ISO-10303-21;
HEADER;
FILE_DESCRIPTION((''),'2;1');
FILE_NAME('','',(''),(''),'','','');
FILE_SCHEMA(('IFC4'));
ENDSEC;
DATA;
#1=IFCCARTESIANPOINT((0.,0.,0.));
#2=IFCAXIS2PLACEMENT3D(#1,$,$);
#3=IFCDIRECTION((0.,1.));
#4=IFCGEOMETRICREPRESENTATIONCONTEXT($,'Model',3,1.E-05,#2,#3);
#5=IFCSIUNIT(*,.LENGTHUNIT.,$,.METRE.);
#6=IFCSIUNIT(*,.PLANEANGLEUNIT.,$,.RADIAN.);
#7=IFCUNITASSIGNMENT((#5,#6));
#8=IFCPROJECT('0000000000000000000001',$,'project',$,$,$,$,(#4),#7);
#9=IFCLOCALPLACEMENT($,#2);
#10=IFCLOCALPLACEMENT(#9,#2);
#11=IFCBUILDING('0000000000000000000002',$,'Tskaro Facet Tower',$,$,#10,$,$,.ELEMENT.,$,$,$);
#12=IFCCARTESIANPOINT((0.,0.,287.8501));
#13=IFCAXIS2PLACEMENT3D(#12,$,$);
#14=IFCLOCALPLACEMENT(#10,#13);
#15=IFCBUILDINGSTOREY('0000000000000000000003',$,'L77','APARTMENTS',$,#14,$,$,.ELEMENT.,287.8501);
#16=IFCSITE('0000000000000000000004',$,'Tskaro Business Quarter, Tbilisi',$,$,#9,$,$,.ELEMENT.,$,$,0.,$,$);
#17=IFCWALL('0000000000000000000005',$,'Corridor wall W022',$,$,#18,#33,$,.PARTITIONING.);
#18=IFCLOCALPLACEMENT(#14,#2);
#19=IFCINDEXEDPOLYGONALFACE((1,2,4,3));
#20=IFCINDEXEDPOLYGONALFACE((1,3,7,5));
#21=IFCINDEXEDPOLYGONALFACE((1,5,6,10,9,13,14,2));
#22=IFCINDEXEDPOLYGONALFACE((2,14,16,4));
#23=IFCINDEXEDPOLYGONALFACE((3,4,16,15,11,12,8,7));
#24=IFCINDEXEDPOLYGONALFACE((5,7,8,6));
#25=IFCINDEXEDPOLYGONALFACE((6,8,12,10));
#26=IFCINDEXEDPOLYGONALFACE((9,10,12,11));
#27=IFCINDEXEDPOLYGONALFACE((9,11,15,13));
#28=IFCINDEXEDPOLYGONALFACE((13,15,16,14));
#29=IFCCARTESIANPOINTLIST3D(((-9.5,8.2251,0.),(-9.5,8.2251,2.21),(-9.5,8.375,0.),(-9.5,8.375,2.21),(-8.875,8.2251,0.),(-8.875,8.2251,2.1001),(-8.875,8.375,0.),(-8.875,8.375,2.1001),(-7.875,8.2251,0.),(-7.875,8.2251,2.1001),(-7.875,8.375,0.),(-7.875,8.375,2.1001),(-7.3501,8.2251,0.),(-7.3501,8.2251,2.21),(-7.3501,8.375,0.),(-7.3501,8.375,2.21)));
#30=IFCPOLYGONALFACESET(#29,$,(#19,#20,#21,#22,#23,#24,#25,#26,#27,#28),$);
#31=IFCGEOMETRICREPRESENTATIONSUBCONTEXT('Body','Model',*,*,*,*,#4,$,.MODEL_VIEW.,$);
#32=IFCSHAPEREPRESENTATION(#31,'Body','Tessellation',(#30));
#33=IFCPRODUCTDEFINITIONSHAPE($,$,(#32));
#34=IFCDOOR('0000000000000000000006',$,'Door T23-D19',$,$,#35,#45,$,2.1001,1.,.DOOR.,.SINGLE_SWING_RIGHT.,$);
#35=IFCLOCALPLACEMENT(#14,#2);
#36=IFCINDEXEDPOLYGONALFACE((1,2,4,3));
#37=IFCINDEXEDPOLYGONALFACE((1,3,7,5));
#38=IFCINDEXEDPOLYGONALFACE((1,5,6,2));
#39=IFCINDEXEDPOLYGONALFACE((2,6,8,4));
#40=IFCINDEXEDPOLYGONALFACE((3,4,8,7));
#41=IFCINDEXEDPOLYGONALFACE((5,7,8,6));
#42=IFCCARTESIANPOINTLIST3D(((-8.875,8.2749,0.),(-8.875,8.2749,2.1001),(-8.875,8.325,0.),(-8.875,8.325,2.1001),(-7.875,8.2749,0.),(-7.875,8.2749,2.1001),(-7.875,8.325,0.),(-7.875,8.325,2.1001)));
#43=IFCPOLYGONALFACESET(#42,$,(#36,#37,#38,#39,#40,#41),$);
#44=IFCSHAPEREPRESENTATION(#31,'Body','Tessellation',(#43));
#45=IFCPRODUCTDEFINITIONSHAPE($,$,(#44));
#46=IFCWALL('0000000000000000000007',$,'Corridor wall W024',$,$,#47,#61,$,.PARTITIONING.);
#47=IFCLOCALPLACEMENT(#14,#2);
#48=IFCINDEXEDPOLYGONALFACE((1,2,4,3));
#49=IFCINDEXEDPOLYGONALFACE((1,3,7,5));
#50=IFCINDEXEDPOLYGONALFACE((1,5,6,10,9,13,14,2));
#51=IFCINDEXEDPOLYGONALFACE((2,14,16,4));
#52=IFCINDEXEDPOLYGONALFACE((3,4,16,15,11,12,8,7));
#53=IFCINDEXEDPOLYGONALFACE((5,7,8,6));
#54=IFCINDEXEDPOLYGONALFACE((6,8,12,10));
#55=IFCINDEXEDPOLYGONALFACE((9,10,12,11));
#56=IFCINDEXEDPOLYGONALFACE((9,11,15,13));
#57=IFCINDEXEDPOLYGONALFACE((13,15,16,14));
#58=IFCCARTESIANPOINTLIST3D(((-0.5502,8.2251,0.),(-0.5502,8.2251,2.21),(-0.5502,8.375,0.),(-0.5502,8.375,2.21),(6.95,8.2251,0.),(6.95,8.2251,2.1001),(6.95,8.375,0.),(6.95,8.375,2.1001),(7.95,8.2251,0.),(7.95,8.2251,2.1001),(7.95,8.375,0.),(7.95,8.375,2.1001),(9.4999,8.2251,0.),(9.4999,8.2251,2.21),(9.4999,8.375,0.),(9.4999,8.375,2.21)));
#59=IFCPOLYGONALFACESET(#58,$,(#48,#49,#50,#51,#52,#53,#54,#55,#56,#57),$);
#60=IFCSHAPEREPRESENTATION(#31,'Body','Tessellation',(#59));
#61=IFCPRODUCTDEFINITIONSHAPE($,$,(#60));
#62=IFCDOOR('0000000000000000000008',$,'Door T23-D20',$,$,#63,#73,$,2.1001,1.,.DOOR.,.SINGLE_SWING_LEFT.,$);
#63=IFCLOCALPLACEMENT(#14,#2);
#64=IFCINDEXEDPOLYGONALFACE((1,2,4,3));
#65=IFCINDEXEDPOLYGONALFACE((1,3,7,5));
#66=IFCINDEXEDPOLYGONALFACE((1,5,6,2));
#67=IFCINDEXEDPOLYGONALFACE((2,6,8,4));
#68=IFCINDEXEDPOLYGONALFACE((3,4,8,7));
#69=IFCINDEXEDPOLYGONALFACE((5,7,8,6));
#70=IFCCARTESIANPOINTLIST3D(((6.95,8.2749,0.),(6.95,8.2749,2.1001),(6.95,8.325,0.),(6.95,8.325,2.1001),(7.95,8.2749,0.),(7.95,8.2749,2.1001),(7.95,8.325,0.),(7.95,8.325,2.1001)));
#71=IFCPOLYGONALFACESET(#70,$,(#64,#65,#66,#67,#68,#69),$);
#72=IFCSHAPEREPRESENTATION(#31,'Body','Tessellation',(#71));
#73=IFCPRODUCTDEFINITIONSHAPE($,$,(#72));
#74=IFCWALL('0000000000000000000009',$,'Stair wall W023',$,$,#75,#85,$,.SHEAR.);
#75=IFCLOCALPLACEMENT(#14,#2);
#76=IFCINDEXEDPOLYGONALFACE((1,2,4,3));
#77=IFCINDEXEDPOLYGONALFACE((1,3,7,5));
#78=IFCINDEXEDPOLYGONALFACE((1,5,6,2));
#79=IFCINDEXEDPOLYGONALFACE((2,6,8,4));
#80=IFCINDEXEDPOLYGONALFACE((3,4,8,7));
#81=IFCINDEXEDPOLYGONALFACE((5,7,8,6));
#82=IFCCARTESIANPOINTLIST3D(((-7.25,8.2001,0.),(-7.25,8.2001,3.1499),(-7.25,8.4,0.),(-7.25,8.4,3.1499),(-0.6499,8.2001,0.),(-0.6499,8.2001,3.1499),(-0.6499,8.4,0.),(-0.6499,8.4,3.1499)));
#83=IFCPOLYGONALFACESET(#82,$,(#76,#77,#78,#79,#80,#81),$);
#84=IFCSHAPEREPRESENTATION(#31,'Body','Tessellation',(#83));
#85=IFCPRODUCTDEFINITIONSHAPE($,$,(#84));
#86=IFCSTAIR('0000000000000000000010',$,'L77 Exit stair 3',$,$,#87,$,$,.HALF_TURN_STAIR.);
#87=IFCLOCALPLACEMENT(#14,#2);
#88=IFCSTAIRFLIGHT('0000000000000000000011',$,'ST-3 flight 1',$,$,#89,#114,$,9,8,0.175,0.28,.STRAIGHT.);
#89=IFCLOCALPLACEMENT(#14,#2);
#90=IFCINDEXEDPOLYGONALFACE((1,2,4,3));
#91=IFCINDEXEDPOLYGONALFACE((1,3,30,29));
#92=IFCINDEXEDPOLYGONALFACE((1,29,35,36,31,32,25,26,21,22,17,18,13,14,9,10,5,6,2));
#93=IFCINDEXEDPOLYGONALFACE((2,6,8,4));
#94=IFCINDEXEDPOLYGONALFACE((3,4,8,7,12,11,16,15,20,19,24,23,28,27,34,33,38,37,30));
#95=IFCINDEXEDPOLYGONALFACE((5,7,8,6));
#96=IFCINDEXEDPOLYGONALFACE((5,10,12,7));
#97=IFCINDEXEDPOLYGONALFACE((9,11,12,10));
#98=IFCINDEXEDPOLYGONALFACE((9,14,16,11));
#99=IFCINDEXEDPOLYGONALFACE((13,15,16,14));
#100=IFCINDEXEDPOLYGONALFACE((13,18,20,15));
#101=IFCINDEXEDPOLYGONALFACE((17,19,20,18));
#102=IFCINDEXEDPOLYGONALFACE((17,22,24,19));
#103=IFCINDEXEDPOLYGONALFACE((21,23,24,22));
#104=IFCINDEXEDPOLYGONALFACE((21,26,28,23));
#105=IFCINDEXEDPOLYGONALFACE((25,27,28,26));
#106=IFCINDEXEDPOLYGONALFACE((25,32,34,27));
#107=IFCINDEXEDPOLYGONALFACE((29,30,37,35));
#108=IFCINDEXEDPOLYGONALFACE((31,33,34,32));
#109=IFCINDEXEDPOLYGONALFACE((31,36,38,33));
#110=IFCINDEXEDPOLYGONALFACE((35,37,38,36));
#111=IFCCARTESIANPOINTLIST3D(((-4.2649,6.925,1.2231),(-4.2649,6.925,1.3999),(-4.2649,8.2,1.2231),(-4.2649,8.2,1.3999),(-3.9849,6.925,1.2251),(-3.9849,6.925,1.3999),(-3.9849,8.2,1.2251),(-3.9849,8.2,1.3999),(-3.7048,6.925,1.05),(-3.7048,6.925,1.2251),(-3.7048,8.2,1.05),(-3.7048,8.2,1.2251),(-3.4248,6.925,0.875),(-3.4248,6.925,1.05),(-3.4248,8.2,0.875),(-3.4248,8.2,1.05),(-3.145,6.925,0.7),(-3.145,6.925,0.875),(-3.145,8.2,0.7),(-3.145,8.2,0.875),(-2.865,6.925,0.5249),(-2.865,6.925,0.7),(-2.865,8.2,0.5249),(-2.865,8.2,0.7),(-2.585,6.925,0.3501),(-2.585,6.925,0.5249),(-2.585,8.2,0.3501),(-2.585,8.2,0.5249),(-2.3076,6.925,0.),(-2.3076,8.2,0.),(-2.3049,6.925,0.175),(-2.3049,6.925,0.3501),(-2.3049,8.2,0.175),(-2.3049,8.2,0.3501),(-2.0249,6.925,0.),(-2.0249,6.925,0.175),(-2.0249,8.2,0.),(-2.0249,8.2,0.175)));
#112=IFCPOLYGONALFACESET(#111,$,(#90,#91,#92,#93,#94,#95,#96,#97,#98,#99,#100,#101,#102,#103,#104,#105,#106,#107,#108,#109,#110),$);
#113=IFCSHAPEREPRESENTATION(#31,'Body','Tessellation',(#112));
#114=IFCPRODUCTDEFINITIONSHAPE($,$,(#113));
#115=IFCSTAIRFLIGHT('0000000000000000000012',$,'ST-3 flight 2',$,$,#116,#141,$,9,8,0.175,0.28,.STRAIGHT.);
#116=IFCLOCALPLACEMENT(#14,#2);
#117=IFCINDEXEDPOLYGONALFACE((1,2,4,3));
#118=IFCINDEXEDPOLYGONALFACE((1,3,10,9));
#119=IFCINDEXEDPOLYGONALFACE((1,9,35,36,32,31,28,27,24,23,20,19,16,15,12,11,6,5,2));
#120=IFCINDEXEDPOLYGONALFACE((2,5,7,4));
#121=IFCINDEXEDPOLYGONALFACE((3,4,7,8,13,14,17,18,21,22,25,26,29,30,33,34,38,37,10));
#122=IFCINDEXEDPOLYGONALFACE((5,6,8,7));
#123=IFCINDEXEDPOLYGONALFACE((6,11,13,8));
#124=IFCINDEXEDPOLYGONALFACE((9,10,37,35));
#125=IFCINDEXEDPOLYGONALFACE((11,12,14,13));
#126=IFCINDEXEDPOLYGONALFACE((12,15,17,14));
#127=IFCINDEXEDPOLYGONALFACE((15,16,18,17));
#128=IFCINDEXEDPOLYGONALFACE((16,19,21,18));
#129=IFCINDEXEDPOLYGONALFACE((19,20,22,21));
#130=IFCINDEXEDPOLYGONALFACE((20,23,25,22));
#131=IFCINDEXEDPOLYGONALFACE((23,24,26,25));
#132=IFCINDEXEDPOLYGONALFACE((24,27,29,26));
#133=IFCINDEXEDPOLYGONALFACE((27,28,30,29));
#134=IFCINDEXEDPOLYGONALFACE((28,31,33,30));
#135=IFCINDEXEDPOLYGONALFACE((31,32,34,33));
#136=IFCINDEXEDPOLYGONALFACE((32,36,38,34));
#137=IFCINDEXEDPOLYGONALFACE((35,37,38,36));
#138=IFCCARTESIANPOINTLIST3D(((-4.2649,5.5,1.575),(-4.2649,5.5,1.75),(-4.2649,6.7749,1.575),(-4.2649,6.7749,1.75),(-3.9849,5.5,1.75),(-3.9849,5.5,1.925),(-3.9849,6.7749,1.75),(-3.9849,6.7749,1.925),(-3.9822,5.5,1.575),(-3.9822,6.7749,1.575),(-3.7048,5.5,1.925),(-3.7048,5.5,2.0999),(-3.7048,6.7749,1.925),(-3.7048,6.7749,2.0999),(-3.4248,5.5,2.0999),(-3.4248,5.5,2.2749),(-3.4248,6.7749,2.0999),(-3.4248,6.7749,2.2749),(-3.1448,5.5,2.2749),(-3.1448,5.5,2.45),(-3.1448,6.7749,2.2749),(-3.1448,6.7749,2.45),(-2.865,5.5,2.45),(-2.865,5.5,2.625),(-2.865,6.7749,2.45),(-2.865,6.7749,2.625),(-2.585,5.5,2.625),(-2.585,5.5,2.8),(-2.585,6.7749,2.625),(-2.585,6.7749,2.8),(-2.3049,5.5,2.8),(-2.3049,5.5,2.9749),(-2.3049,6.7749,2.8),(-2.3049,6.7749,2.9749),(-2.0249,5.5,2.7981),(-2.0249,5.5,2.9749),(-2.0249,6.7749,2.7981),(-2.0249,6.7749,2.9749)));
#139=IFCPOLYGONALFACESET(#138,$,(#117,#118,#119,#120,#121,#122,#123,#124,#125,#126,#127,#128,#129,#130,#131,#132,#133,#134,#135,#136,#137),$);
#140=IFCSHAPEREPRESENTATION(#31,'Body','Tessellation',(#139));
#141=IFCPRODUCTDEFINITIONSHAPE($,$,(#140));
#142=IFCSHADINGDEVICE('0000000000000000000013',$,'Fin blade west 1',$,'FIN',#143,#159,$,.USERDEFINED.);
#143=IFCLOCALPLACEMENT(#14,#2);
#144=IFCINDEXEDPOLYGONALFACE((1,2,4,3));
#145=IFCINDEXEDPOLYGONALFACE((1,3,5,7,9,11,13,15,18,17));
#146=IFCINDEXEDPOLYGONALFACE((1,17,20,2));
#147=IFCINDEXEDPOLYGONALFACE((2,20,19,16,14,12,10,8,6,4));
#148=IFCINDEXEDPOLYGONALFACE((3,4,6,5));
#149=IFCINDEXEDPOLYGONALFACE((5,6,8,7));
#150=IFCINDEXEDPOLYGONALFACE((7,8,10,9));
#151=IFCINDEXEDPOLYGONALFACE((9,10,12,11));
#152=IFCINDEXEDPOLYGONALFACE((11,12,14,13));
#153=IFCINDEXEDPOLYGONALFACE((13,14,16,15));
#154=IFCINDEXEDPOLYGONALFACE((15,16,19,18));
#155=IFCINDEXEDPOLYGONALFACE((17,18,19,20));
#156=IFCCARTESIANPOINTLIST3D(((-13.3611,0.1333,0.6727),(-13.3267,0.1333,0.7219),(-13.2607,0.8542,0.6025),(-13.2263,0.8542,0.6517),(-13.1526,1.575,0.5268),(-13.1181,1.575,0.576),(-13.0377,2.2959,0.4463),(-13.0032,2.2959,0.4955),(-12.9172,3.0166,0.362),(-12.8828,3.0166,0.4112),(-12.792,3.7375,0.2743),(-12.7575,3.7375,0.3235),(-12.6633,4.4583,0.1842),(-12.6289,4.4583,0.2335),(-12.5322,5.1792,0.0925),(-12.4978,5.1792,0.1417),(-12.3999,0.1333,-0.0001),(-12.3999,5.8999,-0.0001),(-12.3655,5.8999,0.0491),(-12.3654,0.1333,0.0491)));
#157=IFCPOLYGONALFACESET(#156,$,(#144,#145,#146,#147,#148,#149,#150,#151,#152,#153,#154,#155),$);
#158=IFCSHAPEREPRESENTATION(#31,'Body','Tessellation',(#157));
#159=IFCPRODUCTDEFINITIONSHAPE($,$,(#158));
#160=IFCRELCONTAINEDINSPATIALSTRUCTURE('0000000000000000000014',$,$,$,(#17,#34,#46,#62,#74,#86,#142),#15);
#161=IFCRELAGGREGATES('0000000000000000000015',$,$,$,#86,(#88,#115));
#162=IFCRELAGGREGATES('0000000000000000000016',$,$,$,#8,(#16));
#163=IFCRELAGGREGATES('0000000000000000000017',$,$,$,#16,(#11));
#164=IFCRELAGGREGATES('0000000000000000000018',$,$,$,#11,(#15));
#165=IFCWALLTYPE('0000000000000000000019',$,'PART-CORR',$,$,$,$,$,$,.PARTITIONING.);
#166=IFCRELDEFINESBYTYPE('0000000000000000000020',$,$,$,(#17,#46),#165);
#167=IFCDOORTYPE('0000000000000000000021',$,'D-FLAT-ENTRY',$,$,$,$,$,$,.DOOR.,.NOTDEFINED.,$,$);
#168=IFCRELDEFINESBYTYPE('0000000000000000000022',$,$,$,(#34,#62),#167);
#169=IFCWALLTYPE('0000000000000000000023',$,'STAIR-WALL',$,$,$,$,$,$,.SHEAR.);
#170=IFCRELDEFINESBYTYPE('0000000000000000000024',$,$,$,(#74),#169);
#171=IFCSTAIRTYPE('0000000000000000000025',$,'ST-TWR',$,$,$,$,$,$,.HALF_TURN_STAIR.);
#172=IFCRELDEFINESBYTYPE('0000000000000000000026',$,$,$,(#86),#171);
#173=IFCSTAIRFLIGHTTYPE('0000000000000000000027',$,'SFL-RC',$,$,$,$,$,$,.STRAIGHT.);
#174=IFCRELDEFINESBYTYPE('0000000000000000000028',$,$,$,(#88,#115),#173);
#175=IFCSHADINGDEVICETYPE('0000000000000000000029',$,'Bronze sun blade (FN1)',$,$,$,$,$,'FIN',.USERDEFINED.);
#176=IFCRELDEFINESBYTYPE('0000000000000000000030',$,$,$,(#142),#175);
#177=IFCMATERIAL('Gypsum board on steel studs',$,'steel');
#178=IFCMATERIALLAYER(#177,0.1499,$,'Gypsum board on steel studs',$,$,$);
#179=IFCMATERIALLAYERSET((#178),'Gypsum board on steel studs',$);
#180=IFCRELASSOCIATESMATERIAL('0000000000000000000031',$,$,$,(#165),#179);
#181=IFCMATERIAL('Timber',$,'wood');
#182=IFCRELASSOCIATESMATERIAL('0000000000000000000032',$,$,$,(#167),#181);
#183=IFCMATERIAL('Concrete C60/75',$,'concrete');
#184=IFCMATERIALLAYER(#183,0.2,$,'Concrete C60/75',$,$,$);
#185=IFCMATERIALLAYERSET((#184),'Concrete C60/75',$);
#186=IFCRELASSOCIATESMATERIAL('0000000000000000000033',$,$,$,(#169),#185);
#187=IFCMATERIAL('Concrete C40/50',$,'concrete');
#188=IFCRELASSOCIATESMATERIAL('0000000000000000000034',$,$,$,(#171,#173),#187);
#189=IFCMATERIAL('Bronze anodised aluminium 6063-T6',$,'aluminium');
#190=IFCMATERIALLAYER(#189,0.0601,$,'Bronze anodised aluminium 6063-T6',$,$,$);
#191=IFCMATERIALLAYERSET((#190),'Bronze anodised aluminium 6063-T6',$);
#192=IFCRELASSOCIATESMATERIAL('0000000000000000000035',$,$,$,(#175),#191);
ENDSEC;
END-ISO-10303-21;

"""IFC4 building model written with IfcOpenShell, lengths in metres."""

from ifc_helpers import new_model, si_unit, direction, frame, frame_2d, origin, place, context, subcontext, project, spatial, polyline, rectangle, outline, extrude, material, layer, layer_set, type_object, element, fill, aggregate, save


model = new_model("IFC4")

# Units and contexts
model_context = context("Model", 3, precision=1e-05, world=origin(), true_north=direction((0.0, 1.0)))
body_context = subcontext(model_context, "Body", "Model", "MODEL_VIEW")
ifc_project = project(units=[si_unit("LENGTHUNIT", "METRE"), si_unit("PLANEANGLEUNIT", "RADIAN")], contexts=[model_context])

# Site, building, storey
site_placement = place(None, origin())
site = spatial("IfcSite", under=ifc_project, at=site_placement, Name="Tskaro Business Quarter, Tbilisi", CompositionType="ELEMENT", RefElevation=0.0)
building_placement = place(site_placement, origin())
building = spatial("IfcBuilding", under=site, at=building_placement, Name="Tskaro Facet Tower", CompositionType="ELEMENT")
storey_placement = place(building_placement, frame((0.0, 0.0, 287.8501)))
storey = spatial("IfcBuildingStorey", under=building, at=storey_placement, Name="L77", Description="APARTMENTS", CompositionType="ELEMENT", Elevation=287.8501)

# Shared definitions
ifc_material_1 = material(Name="Bronze anodised aluminium 6063-T6", Category="aluminium")

# Shared definitions
ifc_material_2 = material(Name="Gypsum board on steel studs", Category="steel")

# Shared definitions
ifc_material_3 = material(Name="Timber", Category="wood")

# Walls, openings, doors
ifc_layer_1 = layer(ifc_material_2, 0.1499, Name="Gypsum board on steel studs")
ifc_layer_set_1 = layer_set([ifc_layer_1], Name="Gypsum board on steel studs")
wall_type_1 = type_object("IfcWallType", Name="PART-CORR", PredefinedType="PARTITIONING", material=ifc_layer_set_1)
wall_1_placement = place(storey_placement, frame((-9.5, 8.3, 0.0), z_axis=(0.0, 0.0, 1.0), x_axis=(1.0, 0.0, 0.0)))
wall_1 = element("IfcWall", 1, at=wall_1_placement, inside=storey, type_object=wall_type_1, Name="Corridor wall W022", PredefinedType="PARTITIONING", context=body_context, shape_type="SweptSolid", body=[
    extrude(rectangle(XDim=2.1499, YDim=0.1499, at=frame_2d((1.075, 0.0))), origin(), (0.0, 0.0, 1.0), 2.21),
])
opening_1_placement = place(wall_1_placement, frame((0.625, 0.0, 0.0)))
opening_1 = element("IfcOpeningElement", 2, at=opening_1_placement, cuts=wall_1, PredefinedType="OPENING", context=body_context, shape_type="SweptSolid", body=[
    extrude(rectangle(XDim=1.0, YDim=2.1001, at=frame_2d((0.5, 1.05))), frame((0.0, 0.085, 0.0), z_axis=(0.0, -1.0, 0.0), x_axis=(1.0, 0.0, 0.0)), (0.0, 0.0, 1.0), 0.1699),
])
door_type_1 = type_object("IfcDoorType", Name="D-FLAT-ENTRY", OperationType="NOTDEFINED", PredefinedType="DOOR", material=ifc_material_3)
door_1_placement = place(opening_1_placement, origin())
door_1 = element("IfcDoor", 3, at=door_1_placement, inside=storey, type_object=door_type_1, Name="Door T23-D19", OperationType="SINGLE_SWING_RIGHT", OverallHeight=2.1001, OverallWidth=1.0, PredefinedType="DOOR", context=body_context, shape_type="SweptSolid", body=[
    extrude(rectangle(XDim=1.0, YDim=2.1001, at=frame_2d((0.5, 1.05))), frame((0.0, 0.0249, 0.0), z_axis=(0.0, -1.0, 0.0), x_axis=(1.0, 0.0, 0.0)), (0.0, 0.0, 1.0), 0.05),
])
fill(opening_1, door_1)
wall_2_placement = place(storey_placement, frame((-0.55, 8.3, 0.0), z_axis=(0.0, 0.0, 1.0), x_axis=(1.0, 0.0, 0.0)))
wall_2 = element("IfcWall", 4, at=wall_2_placement, inside=storey, type_object=wall_type_1, Name="Corridor wall W024", PredefinedType="PARTITIONING", context=body_context, shape_type="SweptSolid", body=[
    extrude(rectangle(XDim=10.05, YDim=0.1499, at=frame_2d((5.0249, 0.0))), origin(), (0.0, 0.0, 1.0), 2.21),
])
opening_2_placement = place(wall_2_placement, frame((7.5, 0.0, 0.0)))
opening_2 = element("IfcOpeningElement", 5, at=opening_2_placement, cuts=wall_2, PredefinedType="OPENING", context=body_context, shape_type="SweptSolid", body=[
    extrude(rectangle(XDim=1.0, YDim=2.1001, at=frame_2d((0.5, 1.05))), frame((0.0, 0.085, 0.0), z_axis=(0.0, -1.0, 0.0), x_axis=(1.0, 0.0, 0.0)), (0.0, 0.0, 1.0), 0.1699),
])
door_2_placement = place(opening_2_placement, origin())
door_2 = element("IfcDoor", 6, at=door_2_placement, inside=storey, type_object=door_type_1, Name="Door T23-D20", OperationType="SINGLE_SWING_LEFT", OverallHeight=2.1001, OverallWidth=1.0, PredefinedType="DOOR", context=body_context, shape_type="SweptSolid", body=[
    extrude(rectangle(XDim=1.0, YDim=2.1001, at=frame_2d((0.5, 1.05))), frame((0.0, 0.0249, 0.0), z_axis=(0.0, -1.0, 0.0), x_axis=(1.0, 0.0, 0.0)), (0.0, 0.0, 1.0), 0.05),
])
fill(opening_2, door_2)

# Wall
ifc_material_4 = material(Name="Concrete C60/75", Category="concrete")
ifc_layer_2 = layer(ifc_material_4, 0.2, Name="Concrete C60/75")
ifc_layer_set_2 = layer_set([ifc_layer_2], Name="Concrete C60/75")
wall_type_2 = type_object("IfcWallType", Name="STAIR-WALL", PredefinedType="SHEAR", material=ifc_layer_set_2)
wall_3_placement = place(storey_placement, frame((-7.25, 8.3, 0.0), z_axis=(0.0, 0.0, 1.0), x_axis=(1.0, 0.0, 0.0)))
element("IfcWall", 7, at=wall_3_placement, inside=storey, type_object=wall_type_2, Name="Stair wall W023", PredefinedType="SHEAR", context=body_context, shape_type="SweptSolid", body=[
    extrude(rectangle(XDim=6.6001, YDim=0.2, at=frame_2d((3.3, 0.0))), origin(), (0.0, 0.0, 1.0), 3.1499),
])

# Stair, stair flights
ifc_material_5 = material(Name="Concrete C40/50", Category="concrete")
stair_type = type_object("IfcStairType", Name="ST-TWR", PredefinedType="HALF_TURN_STAIR", material=ifc_material_5)
stair_placement = place(storey_placement, origin())
stair = element("IfcStair", 8, at=stair_placement, inside=storey, type_object=stair_type, Name="L77 Exit stair 3", PredefinedType="HALF_TURN_STAIR")
stair_flight_type = type_object("IfcStairFlightType", Name="SFL-RC", PredefinedType="STRAIGHT", material=ifc_material_5)
stair_flight_1_placement = place(storey_placement, frame((-2.0249, 7.5625, 0.0), z_axis=(0.0, 0.0, 1.0), x_axis=(-1.0, 0.0, 0.0)))
stair_flight_1 = element("IfcStairFlight", 9, at=stair_flight_1_placement, type_object=stair_flight_type, Name="ST-3 flight 1", NumberOfRisers=9, NumberOfTreads=8, PredefinedType="STRAIGHT", RiserHeight=0.175, TreadLength=0.28, context=body_context, shape_type="SweptSolid", body=[
    extrude(outline(polyline([(0.0, 0.0), (0.0, 0.175), (0.28, 0.175), (0.28, 0.3501), (0.5601, 0.3501), (0.5601, 0.5249), (0.8401, 0.5249), (0.8401, 0.7), (1.1201, 0.7), (1.1201, 0.875), (1.3999, 0.875), (1.3999, 1.05), (1.6799, 1.05), (1.6799, 1.2251), (1.96, 1.2251), (1.96, 1.3999), (2.24, 1.3999), (2.24, 1.575), (2.24, 1.2231), (0.2827, 0.0), (0.0, 0.0)])), frame((0.0, 0.6375, 0.0), z_axis=(0.0, -1.0, 0.0), x_axis=(1.0, 0.0, 0.0)), (0.0, 0.0, 1.0), 1.2749),
])
stair_flight_2_placement = place(storey_placement, frame((-4.2649, 6.1375, 1.575), z_axis=(0.0, 0.0, 1.0), x_axis=(1.0, 0.0, 0.0)))
stair_flight_2 = element("IfcStairFlight", 10, at=stair_flight_2_placement, type_object=stair_flight_type, Name="ST-3 flight 2", NumberOfRisers=9, NumberOfTreads=8, PredefinedType="STRAIGHT", RiserHeight=0.175, TreadLength=0.28, context=body_context, shape_type="SweptSolid", body=[
    extrude(outline(polyline([(0.0, 0.0), (0.0, 0.175), (0.28, 0.175), (0.28, 0.3501), (0.5601, 0.3501), (0.5601, 0.5249), (0.8401, 0.5249), (0.8401, 0.7), (1.1201, 0.7), (1.1201, 0.875), (1.3999, 0.875), (1.3999, 1.05), (1.6799, 1.05), (1.6799, 1.2251), (1.96, 1.2251), (1.96, 1.3999), (2.24, 1.3999), (2.24, 1.575), (2.24, 1.2231), (0.2827, 0.0), (0.0, 0.0)])), frame((0.0, 0.6375, 0.0), z_axis=(0.0, -1.0, 0.0), x_axis=(1.0, 0.0, 0.0)), (0.0, 0.0, 1.0), 1.2749),
])
aggregate(stair, [stair_flight_1, stair_flight_2])

# Shading device
ifc_layer_3 = layer(ifc_material_1, 0.0601, Name="Bronze anodised aluminium 6063-T6")
ifc_layer_set_3 = layer_set([ifc_layer_3], Name="Bronze anodised aluminium 6063-T6")
shading_device_type = type_object("IfcShadingDeviceType", Name="Bronze sun blade (FN1)", ElementType="FIN", PredefinedType="USERDEFINED", material=ifc_layer_set_3)
shading_device_placement = place(storey_placement, frame((-12.3655, 5.8999, 0.0491), z_axis=(0.573434, 0.000011, 0.819252), x_axis=(0.000006, -1.0, 0.000009)))
element("IfcShadingDevice", 11, at=shading_device_placement, inside=storey, type_object=shading_device_type, Name="Fin blade west 1", ObjectType="FIN", PredefinedType="USERDEFINED", context=body_context, shape_type="SweptSolid", body=[
    extrude(outline(polyline([(0.0, 0.0), (5.7666, 0.0), (5.7666, -1.1733), (5.0457, -1.0508), (4.325, -0.9188), (3.604, -0.7785), (2.8833, -0.6314), (2.1624, -0.4786), (1.4417, -0.3215), (0.7207, -0.1615), (0.0, 0.0)])), origin(), (0.0, 0.0, -1.0), 0.0601),
])

save(model, "model.ifc")
